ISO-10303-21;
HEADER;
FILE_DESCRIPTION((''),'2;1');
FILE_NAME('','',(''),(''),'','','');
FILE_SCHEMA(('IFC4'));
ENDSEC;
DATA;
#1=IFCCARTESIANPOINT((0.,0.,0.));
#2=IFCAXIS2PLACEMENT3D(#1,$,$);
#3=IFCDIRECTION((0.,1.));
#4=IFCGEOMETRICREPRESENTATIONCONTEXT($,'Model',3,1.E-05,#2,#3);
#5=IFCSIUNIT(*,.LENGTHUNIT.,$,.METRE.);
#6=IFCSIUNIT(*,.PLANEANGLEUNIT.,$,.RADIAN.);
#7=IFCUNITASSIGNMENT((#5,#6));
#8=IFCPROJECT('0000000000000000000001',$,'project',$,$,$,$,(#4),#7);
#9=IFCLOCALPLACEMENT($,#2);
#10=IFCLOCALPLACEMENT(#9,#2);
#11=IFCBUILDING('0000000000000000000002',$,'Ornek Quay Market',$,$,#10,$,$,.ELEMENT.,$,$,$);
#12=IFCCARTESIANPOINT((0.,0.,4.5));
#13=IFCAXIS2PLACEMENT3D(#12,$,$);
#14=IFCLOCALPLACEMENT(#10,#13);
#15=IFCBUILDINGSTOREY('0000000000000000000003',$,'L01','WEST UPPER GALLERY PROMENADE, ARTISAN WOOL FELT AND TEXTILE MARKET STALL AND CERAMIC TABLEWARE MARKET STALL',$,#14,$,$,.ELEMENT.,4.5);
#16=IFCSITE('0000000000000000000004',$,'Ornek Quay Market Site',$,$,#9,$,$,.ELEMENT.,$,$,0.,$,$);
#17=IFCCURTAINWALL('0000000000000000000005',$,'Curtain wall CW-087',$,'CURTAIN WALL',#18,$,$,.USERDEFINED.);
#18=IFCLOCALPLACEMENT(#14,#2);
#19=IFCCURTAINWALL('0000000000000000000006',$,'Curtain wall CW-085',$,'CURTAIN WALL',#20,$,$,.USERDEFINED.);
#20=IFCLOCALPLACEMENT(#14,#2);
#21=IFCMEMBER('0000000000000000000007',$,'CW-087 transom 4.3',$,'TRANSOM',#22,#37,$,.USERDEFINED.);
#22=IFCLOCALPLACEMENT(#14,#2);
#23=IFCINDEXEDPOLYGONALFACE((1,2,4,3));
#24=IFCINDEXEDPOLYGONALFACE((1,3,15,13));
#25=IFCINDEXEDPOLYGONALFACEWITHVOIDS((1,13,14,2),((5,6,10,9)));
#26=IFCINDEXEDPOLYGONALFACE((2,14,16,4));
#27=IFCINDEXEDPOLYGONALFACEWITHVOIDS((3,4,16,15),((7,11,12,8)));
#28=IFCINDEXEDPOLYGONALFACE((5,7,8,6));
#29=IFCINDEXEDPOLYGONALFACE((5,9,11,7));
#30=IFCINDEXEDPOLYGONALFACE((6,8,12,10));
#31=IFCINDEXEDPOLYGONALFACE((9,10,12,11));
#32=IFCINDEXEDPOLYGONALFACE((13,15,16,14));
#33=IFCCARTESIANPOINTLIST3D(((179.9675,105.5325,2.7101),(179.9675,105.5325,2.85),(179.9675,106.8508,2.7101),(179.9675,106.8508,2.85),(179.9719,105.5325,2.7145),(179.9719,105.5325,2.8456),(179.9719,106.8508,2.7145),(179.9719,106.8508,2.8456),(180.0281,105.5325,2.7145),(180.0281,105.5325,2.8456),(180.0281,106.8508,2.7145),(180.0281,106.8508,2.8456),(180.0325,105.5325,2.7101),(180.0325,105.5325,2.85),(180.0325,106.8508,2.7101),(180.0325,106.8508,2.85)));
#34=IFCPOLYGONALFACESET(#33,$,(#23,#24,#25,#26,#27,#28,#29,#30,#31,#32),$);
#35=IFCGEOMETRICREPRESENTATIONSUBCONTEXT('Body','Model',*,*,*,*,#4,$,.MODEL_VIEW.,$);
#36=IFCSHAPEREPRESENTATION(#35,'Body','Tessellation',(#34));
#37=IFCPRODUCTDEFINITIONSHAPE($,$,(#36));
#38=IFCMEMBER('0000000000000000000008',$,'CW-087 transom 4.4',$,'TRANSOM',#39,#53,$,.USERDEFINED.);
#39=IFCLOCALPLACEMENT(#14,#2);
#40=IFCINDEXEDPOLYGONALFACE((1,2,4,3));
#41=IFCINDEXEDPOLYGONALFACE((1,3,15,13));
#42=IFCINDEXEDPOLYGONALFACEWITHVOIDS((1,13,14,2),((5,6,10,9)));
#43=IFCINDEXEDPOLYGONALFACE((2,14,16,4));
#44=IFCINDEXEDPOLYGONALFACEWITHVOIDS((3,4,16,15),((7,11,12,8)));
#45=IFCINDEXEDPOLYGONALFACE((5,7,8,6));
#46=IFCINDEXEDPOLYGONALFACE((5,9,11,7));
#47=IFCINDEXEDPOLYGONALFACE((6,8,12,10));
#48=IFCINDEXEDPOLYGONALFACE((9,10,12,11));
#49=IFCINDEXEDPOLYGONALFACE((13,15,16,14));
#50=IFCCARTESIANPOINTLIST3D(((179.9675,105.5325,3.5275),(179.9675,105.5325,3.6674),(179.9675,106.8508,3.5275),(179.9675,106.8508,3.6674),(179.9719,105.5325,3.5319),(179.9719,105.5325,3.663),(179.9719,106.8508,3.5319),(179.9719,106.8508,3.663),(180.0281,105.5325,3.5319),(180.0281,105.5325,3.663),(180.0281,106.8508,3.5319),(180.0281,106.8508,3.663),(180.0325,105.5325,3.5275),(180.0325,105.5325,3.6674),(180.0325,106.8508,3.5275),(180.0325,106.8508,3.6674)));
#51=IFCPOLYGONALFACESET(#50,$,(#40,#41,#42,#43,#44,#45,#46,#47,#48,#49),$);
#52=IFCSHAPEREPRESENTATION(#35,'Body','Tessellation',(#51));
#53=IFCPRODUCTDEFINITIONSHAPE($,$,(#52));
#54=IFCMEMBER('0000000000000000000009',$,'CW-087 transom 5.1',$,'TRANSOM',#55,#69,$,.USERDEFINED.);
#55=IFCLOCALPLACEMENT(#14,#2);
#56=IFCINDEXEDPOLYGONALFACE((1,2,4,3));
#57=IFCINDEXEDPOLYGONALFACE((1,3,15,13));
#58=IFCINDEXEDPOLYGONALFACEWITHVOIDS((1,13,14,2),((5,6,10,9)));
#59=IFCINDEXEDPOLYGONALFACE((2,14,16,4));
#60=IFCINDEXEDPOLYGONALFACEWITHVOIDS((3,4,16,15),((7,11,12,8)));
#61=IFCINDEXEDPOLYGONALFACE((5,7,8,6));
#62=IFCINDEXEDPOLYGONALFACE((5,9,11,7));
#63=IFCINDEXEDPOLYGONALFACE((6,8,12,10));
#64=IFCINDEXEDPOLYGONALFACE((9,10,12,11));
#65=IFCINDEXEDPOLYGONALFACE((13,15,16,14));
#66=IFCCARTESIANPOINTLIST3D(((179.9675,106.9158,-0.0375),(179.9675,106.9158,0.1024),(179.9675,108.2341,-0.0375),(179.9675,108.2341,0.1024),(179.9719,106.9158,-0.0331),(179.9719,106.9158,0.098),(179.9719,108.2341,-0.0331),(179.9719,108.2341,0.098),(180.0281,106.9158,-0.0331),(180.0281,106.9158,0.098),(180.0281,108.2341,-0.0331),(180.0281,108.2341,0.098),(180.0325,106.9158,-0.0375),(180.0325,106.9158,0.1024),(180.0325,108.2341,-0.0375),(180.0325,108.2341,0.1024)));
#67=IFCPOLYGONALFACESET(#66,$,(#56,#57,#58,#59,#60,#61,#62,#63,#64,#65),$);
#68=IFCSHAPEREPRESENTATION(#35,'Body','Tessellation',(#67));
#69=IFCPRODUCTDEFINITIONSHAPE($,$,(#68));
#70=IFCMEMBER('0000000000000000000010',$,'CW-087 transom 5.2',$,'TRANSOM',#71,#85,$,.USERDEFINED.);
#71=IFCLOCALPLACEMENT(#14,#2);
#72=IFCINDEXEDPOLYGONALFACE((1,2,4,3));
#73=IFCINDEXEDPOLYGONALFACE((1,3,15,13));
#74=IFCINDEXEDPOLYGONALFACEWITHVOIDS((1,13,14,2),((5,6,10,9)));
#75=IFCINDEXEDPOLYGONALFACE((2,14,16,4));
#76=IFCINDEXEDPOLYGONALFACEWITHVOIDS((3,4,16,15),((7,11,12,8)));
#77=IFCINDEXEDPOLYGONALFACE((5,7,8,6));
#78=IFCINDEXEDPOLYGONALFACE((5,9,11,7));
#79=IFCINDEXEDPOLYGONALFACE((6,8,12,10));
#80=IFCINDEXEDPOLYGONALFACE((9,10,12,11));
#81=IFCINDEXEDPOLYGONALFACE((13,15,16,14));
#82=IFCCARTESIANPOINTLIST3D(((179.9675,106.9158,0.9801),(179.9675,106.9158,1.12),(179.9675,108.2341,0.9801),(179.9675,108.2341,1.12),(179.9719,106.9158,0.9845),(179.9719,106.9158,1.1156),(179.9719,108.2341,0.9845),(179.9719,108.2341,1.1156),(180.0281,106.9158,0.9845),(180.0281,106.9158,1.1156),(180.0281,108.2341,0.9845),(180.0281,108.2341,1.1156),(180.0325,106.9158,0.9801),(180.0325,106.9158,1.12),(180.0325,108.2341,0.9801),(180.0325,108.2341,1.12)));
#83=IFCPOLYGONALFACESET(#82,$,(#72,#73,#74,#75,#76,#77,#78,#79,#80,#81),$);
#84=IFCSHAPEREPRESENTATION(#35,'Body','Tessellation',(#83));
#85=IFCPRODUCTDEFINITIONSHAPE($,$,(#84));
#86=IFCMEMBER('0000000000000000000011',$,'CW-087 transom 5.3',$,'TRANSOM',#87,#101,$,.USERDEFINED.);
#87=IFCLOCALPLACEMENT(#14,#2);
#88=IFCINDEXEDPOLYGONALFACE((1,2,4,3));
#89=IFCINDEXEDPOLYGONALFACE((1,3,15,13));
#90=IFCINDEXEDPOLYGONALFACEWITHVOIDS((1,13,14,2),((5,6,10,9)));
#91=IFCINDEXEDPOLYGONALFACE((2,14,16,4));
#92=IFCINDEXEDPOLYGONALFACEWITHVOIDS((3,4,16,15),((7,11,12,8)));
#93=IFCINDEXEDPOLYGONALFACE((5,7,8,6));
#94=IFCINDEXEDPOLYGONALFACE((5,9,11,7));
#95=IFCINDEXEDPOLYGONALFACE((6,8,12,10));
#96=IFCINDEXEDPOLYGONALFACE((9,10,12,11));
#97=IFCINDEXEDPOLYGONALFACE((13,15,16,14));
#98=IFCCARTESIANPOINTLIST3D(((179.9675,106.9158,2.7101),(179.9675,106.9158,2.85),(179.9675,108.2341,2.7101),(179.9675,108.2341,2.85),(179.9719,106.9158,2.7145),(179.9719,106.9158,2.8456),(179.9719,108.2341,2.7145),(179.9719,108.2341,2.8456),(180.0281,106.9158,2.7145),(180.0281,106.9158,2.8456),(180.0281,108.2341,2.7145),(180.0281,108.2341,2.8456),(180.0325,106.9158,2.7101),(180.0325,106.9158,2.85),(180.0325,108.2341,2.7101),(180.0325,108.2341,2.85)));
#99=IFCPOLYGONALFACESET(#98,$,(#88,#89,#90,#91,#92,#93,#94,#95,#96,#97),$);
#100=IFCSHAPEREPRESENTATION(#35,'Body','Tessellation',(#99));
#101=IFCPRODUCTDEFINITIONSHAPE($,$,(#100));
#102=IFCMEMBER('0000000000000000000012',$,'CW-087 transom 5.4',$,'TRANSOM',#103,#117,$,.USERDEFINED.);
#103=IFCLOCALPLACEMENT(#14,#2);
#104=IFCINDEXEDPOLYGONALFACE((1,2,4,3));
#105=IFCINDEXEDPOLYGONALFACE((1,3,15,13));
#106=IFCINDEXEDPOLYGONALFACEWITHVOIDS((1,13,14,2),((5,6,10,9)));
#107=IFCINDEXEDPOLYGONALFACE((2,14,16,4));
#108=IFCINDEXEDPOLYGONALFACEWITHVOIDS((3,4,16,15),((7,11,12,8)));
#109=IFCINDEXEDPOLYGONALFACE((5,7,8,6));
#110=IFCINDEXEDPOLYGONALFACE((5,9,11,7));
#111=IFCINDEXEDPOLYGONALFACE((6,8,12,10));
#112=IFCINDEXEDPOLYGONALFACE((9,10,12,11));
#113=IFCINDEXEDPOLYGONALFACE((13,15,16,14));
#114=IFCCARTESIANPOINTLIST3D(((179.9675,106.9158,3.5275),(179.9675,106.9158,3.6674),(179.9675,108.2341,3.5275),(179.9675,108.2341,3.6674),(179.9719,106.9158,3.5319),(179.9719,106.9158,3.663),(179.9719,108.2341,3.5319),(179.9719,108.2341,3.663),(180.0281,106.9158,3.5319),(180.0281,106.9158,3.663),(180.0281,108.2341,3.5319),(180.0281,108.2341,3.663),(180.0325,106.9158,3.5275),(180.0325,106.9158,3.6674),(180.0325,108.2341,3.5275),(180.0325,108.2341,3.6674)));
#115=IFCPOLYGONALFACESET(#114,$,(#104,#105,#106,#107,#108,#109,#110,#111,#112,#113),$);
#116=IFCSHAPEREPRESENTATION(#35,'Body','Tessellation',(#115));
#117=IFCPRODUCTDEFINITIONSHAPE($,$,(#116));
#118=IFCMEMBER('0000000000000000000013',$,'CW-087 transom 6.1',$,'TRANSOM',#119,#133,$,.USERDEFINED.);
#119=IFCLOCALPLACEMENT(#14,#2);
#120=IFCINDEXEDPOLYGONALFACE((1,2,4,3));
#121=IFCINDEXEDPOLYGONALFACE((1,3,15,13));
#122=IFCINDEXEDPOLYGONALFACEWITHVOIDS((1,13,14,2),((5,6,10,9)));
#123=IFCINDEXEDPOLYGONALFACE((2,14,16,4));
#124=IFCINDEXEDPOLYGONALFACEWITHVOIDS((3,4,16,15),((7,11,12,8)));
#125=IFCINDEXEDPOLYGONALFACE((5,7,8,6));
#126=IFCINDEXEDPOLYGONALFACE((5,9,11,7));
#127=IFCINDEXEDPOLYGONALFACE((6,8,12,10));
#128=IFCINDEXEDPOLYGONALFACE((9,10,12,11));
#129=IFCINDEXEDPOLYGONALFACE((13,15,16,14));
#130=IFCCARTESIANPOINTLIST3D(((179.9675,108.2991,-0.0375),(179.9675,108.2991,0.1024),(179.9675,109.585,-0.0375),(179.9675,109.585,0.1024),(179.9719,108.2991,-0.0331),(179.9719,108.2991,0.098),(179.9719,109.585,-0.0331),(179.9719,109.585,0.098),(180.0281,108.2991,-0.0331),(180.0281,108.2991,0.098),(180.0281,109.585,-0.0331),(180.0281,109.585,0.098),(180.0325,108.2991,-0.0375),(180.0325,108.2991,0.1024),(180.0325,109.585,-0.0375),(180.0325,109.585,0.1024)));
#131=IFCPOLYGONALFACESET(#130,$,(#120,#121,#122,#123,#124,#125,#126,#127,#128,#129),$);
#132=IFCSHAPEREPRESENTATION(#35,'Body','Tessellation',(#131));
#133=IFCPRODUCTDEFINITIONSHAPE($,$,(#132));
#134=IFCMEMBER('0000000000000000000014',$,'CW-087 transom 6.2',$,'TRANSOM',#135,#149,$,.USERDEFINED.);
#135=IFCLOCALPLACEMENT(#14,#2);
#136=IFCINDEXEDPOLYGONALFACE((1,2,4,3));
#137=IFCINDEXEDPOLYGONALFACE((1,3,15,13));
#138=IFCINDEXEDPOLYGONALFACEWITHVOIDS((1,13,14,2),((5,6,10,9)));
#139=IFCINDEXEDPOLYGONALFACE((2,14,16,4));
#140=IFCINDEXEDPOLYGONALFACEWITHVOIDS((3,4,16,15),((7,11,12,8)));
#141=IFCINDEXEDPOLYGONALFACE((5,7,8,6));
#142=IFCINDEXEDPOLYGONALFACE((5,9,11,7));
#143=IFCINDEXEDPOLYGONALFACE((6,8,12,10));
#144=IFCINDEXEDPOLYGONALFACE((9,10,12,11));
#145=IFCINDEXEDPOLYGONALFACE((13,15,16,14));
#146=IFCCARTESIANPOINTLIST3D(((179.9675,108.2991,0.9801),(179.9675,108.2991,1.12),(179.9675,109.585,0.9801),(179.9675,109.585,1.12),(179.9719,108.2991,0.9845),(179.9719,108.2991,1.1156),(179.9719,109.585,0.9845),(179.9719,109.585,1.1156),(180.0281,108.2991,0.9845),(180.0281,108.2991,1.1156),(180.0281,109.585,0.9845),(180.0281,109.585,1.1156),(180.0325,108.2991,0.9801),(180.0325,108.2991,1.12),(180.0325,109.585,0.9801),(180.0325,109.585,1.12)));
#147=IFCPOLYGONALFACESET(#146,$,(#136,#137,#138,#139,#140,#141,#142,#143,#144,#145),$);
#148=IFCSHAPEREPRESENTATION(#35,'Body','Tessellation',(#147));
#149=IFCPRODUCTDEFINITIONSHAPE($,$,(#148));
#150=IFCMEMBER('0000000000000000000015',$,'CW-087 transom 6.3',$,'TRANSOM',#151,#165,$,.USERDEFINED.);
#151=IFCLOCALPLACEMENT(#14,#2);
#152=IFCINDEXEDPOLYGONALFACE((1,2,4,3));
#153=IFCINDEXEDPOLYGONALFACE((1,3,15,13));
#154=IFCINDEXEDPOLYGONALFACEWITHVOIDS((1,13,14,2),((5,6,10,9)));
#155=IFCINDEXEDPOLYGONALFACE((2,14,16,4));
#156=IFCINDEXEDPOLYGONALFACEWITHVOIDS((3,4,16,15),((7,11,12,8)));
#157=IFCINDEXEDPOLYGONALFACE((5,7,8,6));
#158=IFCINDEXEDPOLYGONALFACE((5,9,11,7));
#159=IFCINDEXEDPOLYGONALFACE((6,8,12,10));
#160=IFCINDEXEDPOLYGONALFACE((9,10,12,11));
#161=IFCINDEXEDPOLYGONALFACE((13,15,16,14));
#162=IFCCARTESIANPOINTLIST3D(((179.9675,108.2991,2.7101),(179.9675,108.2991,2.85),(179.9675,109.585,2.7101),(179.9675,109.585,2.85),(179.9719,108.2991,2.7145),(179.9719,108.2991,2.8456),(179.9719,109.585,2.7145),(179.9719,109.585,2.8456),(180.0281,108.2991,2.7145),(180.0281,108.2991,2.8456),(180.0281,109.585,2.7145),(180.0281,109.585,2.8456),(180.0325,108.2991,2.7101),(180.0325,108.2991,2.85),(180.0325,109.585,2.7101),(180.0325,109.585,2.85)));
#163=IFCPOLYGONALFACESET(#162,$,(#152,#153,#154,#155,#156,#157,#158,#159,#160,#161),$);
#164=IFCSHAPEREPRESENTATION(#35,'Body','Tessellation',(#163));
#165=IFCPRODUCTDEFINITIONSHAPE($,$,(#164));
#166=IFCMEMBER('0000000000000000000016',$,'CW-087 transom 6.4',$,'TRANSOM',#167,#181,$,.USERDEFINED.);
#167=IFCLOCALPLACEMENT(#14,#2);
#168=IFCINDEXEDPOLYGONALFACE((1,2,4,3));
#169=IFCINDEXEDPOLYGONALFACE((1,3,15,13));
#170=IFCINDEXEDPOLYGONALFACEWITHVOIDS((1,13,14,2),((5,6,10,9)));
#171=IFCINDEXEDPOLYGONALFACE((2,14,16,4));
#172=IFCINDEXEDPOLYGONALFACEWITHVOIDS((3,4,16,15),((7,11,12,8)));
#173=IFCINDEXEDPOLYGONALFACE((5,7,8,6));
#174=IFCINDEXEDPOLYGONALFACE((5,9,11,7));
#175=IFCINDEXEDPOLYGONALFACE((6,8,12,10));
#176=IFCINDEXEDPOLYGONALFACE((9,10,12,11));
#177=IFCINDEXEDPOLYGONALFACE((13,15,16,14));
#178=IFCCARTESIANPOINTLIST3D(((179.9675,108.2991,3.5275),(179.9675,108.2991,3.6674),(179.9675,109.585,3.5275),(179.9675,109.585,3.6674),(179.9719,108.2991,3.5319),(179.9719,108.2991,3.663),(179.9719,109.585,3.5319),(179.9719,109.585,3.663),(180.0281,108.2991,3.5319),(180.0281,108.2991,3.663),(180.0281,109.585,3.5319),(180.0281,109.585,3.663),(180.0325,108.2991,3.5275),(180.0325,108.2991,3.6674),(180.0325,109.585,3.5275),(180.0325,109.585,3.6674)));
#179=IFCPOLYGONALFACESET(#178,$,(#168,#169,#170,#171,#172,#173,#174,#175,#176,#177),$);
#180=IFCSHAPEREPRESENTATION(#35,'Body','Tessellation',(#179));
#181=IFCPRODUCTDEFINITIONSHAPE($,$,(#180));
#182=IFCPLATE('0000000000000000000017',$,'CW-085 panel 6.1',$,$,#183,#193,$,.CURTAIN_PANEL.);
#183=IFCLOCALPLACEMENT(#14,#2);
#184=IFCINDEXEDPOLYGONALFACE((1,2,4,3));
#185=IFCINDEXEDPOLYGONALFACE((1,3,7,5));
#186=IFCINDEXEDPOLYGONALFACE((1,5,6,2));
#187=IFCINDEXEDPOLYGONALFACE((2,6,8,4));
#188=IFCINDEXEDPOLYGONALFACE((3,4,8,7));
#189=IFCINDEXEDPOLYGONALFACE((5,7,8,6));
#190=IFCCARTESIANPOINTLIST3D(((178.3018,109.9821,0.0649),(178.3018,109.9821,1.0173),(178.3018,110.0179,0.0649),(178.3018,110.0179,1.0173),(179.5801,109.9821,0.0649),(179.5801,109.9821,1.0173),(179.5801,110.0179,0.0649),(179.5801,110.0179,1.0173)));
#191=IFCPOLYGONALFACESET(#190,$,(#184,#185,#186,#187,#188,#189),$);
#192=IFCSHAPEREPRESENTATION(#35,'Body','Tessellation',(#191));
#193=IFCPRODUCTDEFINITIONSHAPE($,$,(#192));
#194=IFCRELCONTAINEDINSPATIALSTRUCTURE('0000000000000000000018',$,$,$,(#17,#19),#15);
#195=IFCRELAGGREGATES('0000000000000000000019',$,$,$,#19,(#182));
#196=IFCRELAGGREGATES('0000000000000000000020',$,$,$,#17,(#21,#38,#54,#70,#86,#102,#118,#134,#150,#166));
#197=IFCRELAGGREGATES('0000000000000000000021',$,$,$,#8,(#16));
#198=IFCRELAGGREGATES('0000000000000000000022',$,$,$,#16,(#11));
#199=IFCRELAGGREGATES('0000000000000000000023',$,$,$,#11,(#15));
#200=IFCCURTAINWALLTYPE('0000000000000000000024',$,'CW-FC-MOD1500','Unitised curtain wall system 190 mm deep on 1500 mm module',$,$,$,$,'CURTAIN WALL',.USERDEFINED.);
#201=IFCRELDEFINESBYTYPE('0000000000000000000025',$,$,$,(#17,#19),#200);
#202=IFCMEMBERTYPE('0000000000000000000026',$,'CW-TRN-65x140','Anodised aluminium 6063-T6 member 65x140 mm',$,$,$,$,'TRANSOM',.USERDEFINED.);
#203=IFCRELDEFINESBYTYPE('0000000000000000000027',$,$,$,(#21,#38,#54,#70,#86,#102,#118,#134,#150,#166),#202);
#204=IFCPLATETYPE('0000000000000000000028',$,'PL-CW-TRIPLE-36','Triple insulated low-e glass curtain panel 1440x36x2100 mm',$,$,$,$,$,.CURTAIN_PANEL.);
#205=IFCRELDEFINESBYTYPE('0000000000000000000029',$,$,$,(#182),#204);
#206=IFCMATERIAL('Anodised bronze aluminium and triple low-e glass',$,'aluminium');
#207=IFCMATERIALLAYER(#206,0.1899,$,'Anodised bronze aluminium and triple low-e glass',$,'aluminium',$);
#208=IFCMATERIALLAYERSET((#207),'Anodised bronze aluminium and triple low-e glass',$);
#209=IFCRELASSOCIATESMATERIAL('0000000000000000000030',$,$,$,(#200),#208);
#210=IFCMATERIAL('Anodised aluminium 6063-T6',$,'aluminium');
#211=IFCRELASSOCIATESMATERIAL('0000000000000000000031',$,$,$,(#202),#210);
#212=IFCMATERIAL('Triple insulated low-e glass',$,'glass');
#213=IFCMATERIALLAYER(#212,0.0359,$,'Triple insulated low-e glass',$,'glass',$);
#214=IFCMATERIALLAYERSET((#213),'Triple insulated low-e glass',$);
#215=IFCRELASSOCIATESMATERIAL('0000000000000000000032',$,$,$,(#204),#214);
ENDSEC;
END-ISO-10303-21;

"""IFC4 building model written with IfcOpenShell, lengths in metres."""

from ifc_helpers import new_model, si_unit, direction, frame, origin, origin_2d, place, context, subcontext, project, spatial, rectangle, hollow_rectangle, extrude, material, layer, layer_set, material_profile, profile_set, type_object, element, aggregate, save


model = new_model("IFC4")

# Units and contexts
model_context = context("Model", 3, precision=1e-05, world=origin(), true_north=direction((0.0, 1.0)))
body_context = subcontext(model_context, "Body", "Model", "MODEL_VIEW")
ifc_project = project(units=[si_unit("LENGTHUNIT", "METRE"), si_unit("PLANEANGLEUNIT", "RADIAN")], contexts=[model_context])

# Site, building, storey
site_placement = place(None, origin())
site = spatial("IfcSite", under=ifc_project, at=site_placement, Name="Ornek Quay Market Site", CompositionType="ELEMENT", RefElevation=0.0)
building_placement = place(site_placement, origin())
building = spatial("IfcBuilding", under=site, at=building_placement, Name="Ornek Quay Market", CompositionType="ELEMENT")
storey_placement = place(building_placement, frame((0.0, 0.0, 4.5)))
storey = spatial("IfcBuildingStorey", under=building, at=storey_placement, Name="L01", Description="WEST UPPER GALLERY PROMENADE, ARTISAN WOOL FELT AND TEXTILE MARKET STALL AND CERAMIC TABLEWARE MARKET STALL", CompositionType="ELEMENT", Elevation=4.5)

# Curtain walls
ifc_material_1 = material(Name="Anodised bronze aluminium and triple low-e glass", Category="aluminium")
ifc_layer_1 = layer(ifc_material_1, 0.1899, Name="Anodised bronze aluminium and triple low-e glass", Category="aluminium")
ifc_layer_set_1 = layer_set([ifc_layer_1], Name="Anodised bronze aluminium and triple low-e glass")
curtain_wall_type = type_object("IfcCurtainWallType", Name="CW-FC-MOD1500", Description="Unitised curtain wall system 190 mm deep on 1500 mm module", ElementType="CURTAIN WALL", PredefinedType="USERDEFINED", material=ifc_layer_set_1)
curtain_wall_1_placement = place(storey_placement, origin())
curtain_wall_1 = element("IfcCurtainWall", 1, at=curtain_wall_1_placement, inside=storey, type_object=curtain_wall_type, Name="Curtain wall CW-087", ObjectType="CURTAIN WALL", PredefinedType="USERDEFINED")
ifc_material_2 = material(Name="Anodised aluminium 6063-T6", Category="aluminium")
curtain_wall_2_placement = place(storey_placement, origin())
curtain_wall_2 = element("IfcCurtainWall", 2, at=curtain_wall_2_placement, inside=storey, type_object=curtain_wall_type, Name="Curtain wall CW-085", ObjectType="CURTAIN WALL", PredefinedType="USERDEFINED")
ifc_material_profile_1 = material_profile(ifc_material_2, hollow_rectangle(XDim=0.0649, YDim=0.1399, WallThickness=0.0044, at=origin_2d()), Name="CW-TRN-65x140", Category="aluminium")
ifc_profile_set_1 = profile_set([ifc_material_profile_1], Name="Anodised aluminium 6063-T6")
member_type_1 = type_object("IfcMemberType", Name="CW-TRN-65x140", Description="Anodised aluminium 6063-T6 member 65x140 mm", ElementType="TRANSOM", PredefinedType="USERDEFINED", material=ifc_profile_set_1)

# Members
member_1_placement = place(storey_placement, frame((180.0, 105.5325, 2.78), z_axis=(0.0, 1.0, 0.0), x_axis=(-1.0, 0.0, 0.0)))
member_1 = element("IfcMember", 3, at=member_1_placement, type_object=member_type_1, Name="CW-087 transom 4.3", ObjectType="TRANSOM", PredefinedType="USERDEFINED", context=body_context, shape_type="SweptSolid", body=[
    extrude(hollow_rectangle(XDim=0.0649, YDim=0.1399, WallThickness=0.0044, at=origin_2d()), origin(), (0.0, 0.0, 1.0), 1.3184),
])
member_2_placement = place(storey_placement, frame((180.0, 105.5325, 3.5974), z_axis=(0.0, 1.0, 0.0), x_axis=(-1.0, 0.0, 0.0)))
member_2 = element("IfcMember", 4, at=member_2_placement, type_object=member_type_1, Name="CW-087 transom 4.4", ObjectType="TRANSOM", PredefinedType="USERDEFINED", context=body_context, shape_type="SweptSolid", body=[
    extrude(hollow_rectangle(XDim=0.0649, YDim=0.1399, WallThickness=0.0044, at=origin_2d()), origin(), (0.0, 0.0, 1.0), 1.3184),
])
member_3_placement = place(storey_placement, frame((180.0, 106.9158, 0.0325), z_axis=(0.0, 1.0, 0.0), x_axis=(-1.0, 0.0, 0.0)))
member_3 = element("IfcMember", 5, at=member_3_placement, type_object=member_type_1, Name="CW-087 transom 5.1", ObjectType="TRANSOM", PredefinedType="USERDEFINED", context=body_context, shape_type="SweptSolid", body=[
    extrude(hollow_rectangle(XDim=0.0649, YDim=0.1399, WallThickness=0.0044, at=origin_2d()), origin(), (0.0, 0.0, 1.0), 1.3184),
])
member_4_placement = place(storey_placement, frame((180.0, 106.9158, 1.05), z_axis=(0.0, 1.0, 0.0), x_axis=(-1.0, 0.0, 0.0)))
member_4 = element("IfcMember", 6, at=member_4_placement, type_object=member_type_1, Name="CW-087 transom 5.2", ObjectType="TRANSOM", PredefinedType="USERDEFINED", context=body_context, shape_type="SweptSolid", body=[
    extrude(hollow_rectangle(XDim=0.0649, YDim=0.1399, WallThickness=0.0044, at=origin_2d()), origin(), (0.0, 0.0, 1.0), 1.3184),
])
member_5_placement = place(storey_placement, frame((180.0, 106.9158, 2.78), z_axis=(0.0, 1.0, 0.0), x_axis=(-1.0, 0.0, 0.0)))
member_5 = element("IfcMember", 7, at=member_5_placement, type_object=member_type_1, Name="CW-087 transom 5.3", ObjectType="TRANSOM", PredefinedType="USERDEFINED", context=body_context, shape_type="SweptSolid", body=[
    extrude(hollow_rectangle(XDim=0.0649, YDim=0.1399, WallThickness=0.0044, at=origin_2d()), origin(), (0.0, 0.0, 1.0), 1.3184),
])
member_6_placement = place(storey_placement, frame((180.0, 106.9158, 3.5974), z_axis=(0.0, 1.0, 0.0), x_axis=(-1.0, 0.0, 0.0)))
member_6 = element("IfcMember", 8, at=member_6_placement, type_object=member_type_1, Name="CW-087 transom 5.4", ObjectType="TRANSOM", PredefinedType="USERDEFINED", context=body_context, shape_type="SweptSolid", body=[
    extrude(hollow_rectangle(XDim=0.0649, YDim=0.1399, WallThickness=0.0044, at=origin_2d()), origin(), (0.0, 0.0, 1.0), 1.3184),
])
member_7_placement = place(storey_placement, frame((180.0, 108.2991, 0.0325), z_axis=(0.0, 1.0, 0.0), x_axis=(-1.0, 0.0, 0.0)))
member_7 = element("IfcMember", 9, at=member_7_placement, type_object=member_type_1, Name="CW-087 transom 6.1", ObjectType="TRANSOM", PredefinedType="USERDEFINED", context=body_context, shape_type="SweptSolid", body=[
    extrude(hollow_rectangle(XDim=0.0649, YDim=0.1399, WallThickness=0.0044, at=origin_2d()), origin(), (0.0, 0.0, 1.0), 1.2859),
])
member_8_placement = place(storey_placement, frame((180.0, 108.2991, 1.05), z_axis=(0.0, 1.0, 0.0), x_axis=(-1.0, 0.0, 0.0)))
member_8 = element("IfcMember", 10, at=member_8_placement, type_object=member_type_1, Name="CW-087 transom 6.2", ObjectType="TRANSOM", PredefinedType="USERDEFINED", context=body_context, shape_type="SweptSolid", body=[
    extrude(hollow_rectangle(XDim=0.0649, YDim=0.1399, WallThickness=0.0044, at=origin_2d()), origin(), (0.0, 0.0, 1.0), 1.2859),
])
member_9_placement = place(storey_placement, frame((180.0, 108.2991, 2.78), z_axis=(0.0, 1.0, 0.0), x_axis=(-1.0, 0.0, 0.0)))
member_9 = element("IfcMember", 11, at=member_9_placement, type_object=member_type_1, Name="CW-087 transom 6.3", ObjectType="TRANSOM", PredefinedType="USERDEFINED", context=body_context, shape_type="SweptSolid", body=[
    extrude(hollow_rectangle(XDim=0.0649, YDim=0.1399, WallThickness=0.0044, at=origin_2d()), origin(), (0.0, 0.0, 1.0), 1.2859),
])
member_10_placement = place(storey_placement, frame((180.0, 108.2991, 3.5974), z_axis=(0.0, 1.0, 0.0), x_axis=(-1.0, 0.0, 0.0)))
member_10 = element("IfcMember", 12, at=member_10_placement, type_object=member_type_1, Name="CW-087 transom 6.4", ObjectType="TRANSOM", PredefinedType="USERDEFINED", context=body_context, shape_type="SweptSolid", body=[
    extrude(hollow_rectangle(XDim=0.0649, YDim=0.1399, WallThickness=0.0044, at=origin_2d()), origin(), (0.0, 0.0, 1.0), 1.2859),
])

# Plate
ifc_material_3 = material(Name="Triple insulated low-e glass", Category="glass")
ifc_layer_2 = layer(ifc_material_3, 0.0359, Name="Triple insulated low-e glass", Category="glass")
ifc_layer_set_2 = layer_set([ifc_layer_2], Name="Triple insulated low-e glass")
plate_type = type_object("IfcPlateType", Name="PL-CW-TRIPLE-36", Description="Triple insulated low-e glass curtain panel 1440x36x2100 mm", PredefinedType="CURTAIN_PANEL", material=ifc_layer_set_2)
plate_1_placement = place(storey_placement, frame((178.9409, 110.0, 0.0649), z_axis=(0.0, 0.0, 1.0), x_axis=(1.0, 0.0, 0.0)))
plate_1 = element("IfcPlate", 13, at=plate_1_placement, type_object=plate_type, Name="CW-085 panel 6.1", PredefinedType="CURTAIN_PANEL", context=body_context, shape_type="SweptSolid", body=[
    extrude(rectangle(XDim=1.2783, YDim=0.0359, at=origin_2d()), origin(), (0.0, 0.0, 1.0), 0.9524),
])
aggregate(curtain_wall_2, [plate_1])
aggregate(curtain_wall_1, [member_1, member_2, member_3, member_4, member_5, member_6, member_7, member_8, member_9, member_10])

save(model, "model.ifc")
